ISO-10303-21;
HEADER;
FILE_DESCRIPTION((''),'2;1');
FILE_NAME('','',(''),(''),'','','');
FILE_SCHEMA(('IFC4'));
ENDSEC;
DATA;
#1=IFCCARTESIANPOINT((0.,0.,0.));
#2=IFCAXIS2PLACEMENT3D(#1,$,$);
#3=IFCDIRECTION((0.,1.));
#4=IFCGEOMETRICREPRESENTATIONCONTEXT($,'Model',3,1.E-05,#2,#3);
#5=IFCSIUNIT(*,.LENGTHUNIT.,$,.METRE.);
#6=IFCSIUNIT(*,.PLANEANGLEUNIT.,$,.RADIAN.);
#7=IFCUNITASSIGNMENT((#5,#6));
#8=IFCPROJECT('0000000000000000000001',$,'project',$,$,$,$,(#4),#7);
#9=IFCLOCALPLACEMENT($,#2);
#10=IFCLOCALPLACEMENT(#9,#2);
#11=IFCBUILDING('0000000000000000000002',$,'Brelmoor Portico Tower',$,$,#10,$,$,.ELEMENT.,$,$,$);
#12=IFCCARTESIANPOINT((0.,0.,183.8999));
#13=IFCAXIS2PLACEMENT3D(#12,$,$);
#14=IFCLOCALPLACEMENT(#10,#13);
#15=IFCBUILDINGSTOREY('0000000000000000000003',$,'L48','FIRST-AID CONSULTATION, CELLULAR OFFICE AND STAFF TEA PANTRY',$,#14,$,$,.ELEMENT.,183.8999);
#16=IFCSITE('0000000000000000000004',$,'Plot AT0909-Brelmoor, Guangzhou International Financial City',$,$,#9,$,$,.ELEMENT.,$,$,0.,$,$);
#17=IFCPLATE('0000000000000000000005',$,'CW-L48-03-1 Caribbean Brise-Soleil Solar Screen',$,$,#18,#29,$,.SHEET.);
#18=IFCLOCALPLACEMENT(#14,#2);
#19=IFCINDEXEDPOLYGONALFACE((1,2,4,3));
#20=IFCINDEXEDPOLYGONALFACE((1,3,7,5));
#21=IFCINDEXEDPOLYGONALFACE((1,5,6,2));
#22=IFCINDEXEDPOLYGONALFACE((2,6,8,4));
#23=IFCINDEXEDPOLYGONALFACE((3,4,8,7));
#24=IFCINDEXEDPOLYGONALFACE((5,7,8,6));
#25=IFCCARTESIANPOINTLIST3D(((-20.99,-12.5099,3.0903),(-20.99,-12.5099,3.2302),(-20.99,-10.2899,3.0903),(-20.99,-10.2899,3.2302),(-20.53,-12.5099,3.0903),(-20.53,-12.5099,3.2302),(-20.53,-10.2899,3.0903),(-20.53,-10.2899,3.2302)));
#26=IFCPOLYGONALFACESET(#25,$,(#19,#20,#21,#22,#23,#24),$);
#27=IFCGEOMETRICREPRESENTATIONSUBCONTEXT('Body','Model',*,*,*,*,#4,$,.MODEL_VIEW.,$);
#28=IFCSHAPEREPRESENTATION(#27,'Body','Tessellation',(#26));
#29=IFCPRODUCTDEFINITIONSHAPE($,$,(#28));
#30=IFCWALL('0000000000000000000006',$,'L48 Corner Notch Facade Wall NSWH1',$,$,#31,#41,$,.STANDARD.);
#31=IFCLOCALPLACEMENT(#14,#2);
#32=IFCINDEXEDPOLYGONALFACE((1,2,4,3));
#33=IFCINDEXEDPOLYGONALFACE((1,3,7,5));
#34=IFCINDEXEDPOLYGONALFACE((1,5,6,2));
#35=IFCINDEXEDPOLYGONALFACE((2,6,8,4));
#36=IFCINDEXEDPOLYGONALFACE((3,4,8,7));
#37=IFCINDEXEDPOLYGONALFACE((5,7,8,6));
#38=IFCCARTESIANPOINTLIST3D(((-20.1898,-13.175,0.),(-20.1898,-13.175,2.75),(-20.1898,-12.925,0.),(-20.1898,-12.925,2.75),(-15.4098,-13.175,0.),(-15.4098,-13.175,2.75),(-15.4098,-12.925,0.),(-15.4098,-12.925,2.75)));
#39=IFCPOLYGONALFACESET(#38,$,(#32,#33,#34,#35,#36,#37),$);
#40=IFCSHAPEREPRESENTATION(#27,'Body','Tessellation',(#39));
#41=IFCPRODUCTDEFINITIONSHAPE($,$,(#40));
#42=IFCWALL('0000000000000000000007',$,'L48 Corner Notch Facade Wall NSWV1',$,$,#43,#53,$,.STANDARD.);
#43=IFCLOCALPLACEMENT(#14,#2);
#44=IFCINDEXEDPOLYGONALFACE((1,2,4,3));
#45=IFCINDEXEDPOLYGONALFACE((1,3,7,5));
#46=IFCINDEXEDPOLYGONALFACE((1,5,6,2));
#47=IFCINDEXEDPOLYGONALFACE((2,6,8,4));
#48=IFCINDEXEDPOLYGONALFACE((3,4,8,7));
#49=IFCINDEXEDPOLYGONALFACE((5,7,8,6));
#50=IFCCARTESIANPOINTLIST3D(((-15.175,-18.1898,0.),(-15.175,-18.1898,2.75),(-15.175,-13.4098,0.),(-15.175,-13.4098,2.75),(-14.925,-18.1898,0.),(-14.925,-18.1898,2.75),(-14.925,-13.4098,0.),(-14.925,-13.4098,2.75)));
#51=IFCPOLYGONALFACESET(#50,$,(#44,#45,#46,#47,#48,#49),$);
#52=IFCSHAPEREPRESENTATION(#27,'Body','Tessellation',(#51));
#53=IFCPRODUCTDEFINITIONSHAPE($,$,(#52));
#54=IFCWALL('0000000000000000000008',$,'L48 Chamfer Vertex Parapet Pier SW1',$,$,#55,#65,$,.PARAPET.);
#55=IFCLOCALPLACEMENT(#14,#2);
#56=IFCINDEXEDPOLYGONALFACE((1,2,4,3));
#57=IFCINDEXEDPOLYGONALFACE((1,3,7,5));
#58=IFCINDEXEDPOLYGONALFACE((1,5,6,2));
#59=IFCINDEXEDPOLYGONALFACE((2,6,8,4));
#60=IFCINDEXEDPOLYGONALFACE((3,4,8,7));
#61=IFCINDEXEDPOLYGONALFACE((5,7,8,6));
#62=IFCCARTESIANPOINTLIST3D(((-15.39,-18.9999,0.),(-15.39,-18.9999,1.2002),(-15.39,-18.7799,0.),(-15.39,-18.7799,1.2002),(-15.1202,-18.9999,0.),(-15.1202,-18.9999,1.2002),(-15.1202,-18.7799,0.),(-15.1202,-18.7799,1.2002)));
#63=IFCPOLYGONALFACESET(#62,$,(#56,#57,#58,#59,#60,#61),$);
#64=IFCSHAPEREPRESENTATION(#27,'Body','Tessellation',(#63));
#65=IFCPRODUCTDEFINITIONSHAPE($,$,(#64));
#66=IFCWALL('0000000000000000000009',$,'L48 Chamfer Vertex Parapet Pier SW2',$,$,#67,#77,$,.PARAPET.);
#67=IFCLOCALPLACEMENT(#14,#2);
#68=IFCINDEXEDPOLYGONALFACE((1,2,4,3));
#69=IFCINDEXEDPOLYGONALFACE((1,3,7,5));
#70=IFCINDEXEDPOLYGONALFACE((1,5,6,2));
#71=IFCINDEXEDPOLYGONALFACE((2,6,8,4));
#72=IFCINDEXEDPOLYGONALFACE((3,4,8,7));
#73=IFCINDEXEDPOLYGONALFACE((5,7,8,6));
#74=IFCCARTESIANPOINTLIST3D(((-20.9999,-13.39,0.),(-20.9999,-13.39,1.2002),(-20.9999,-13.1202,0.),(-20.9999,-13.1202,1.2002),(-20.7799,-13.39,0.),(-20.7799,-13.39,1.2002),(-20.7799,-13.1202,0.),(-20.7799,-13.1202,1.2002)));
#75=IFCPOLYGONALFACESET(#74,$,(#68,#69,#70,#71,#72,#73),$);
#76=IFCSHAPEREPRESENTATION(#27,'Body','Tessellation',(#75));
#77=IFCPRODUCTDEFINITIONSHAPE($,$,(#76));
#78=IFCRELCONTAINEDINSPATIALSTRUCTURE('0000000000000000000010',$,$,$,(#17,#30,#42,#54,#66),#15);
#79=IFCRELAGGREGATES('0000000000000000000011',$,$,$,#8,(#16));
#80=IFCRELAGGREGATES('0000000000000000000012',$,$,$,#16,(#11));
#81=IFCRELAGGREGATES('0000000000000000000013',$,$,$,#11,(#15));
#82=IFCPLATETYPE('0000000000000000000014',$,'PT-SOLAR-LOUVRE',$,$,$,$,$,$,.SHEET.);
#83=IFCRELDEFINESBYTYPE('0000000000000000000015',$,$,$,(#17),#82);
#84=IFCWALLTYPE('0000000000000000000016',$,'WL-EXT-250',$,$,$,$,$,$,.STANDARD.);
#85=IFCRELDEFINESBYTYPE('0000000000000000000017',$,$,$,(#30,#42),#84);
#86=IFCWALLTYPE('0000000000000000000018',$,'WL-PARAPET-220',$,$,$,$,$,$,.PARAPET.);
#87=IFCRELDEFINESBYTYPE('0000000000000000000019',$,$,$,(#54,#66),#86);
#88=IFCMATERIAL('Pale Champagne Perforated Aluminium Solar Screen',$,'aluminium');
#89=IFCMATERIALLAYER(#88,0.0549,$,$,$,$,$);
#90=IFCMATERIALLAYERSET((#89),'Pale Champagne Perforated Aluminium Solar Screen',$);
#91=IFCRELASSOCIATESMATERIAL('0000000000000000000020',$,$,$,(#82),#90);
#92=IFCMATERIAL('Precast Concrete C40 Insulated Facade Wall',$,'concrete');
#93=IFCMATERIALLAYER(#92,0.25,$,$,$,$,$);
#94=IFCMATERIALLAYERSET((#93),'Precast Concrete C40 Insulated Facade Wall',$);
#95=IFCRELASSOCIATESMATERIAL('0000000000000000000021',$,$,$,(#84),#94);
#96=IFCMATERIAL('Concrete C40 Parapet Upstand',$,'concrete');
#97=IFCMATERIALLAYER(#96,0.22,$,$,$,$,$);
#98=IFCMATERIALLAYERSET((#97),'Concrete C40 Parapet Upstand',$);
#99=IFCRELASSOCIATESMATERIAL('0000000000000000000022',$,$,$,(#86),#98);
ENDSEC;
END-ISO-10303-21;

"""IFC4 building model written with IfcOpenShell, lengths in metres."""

from ifc_helpers import new_model, si_unit, direction, frame, frame_2d, origin, origin_2d, place, context, subcontext, project, spatial, rectangle, extrude, material, layer, layer_set, type_object, element, save


model = new_model("IFC4")

# Units and contexts
model_context = context("Model", 3, precision=1e-05, world=origin(), true_north=direction((0.0, 1.0)))
body_context = subcontext(model_context, "Body", "Model", "MODEL_VIEW")
ifc_project = project(units=[si_unit("LENGTHUNIT", "METRE"), si_unit("PLANEANGLEUNIT", "RADIAN")], contexts=[model_context])

# Site, building, storey
site_placement = place(None, origin())
site = spatial("IfcSite", under=ifc_project, at=site_placement, Name="Plot AT0909-Brelmoor, Guangzhou International Financial City", CompositionType="ELEMENT", RefElevation=0.0)
building_placement = place(site_placement, origin())
building = spatial("IfcBuilding", under=site, at=building_placement, Name="Brelmoor Portico Tower", CompositionType="ELEMENT")
storey_placement = place(building_placement, frame((0.0, 0.0, 183.8999)))
storey = spatial("IfcBuildingStorey", under=building, at=storey_placement, Name="L48", Description="FIRST-AID CONSULTATION, CELLULAR OFFICE AND STAFF TEA PANTRY", CompositionType="ELEMENT", Elevation=183.8999)

# Plate
ifc_material_1 = material(Name="Pale Champagne Perforated Aluminium Solar Screen", Category="aluminium")
ifc_layer_1 = layer(ifc_material_1, 0.0549)
ifc_layer_set_1 = layer_set([ifc_layer_1], Name="Pale Champagne Perforated Aluminium Solar Screen")
plate_type_1 = type_object("IfcPlateType", Name="PT-SOLAR-LOUVRE", PredefinedType="SHEET", material=ifc_layer_set_1)
plate_1_placement = place(storey_placement, frame((-20.76, -11.3999, 3.0903), z_axis=(0.0, 0.0, 1.0), x_axis=(0.0, 1.0, 0.0)))
element("IfcPlate", 1, at=plate_1_placement, inside=storey, type_object=plate_type_1, Name="CW-L48-03-1 Caribbean Brise-Soleil Solar Screen", PredefinedType="SHEET", context=body_context, shape_type="SweptSolid", body=[
    extrude(rectangle(XDim=2.22, YDim=0.46, at=origin_2d()), origin(), (0.0, 0.0, 1.0), 0.1399),
])

# Walls
ifc_material_2 = material(Name="Precast Concrete C40 Insulated Facade Wall", Category="concrete")
ifc_layer_2 = layer(ifc_material_2, 0.25)
ifc_layer_set_2 = layer_set([ifc_layer_2], Name="Precast Concrete C40 Insulated Facade Wall")
wall_type_1 = type_object("IfcWallType", Name="WL-EXT-250", PredefinedType="STANDARD", material=ifc_layer_set_2)
for number, where, z_axis, x_axis, name in (
    (2, (-20.1899, -13.05, 0.0), (0.0, 0.0, 1.0), (1.0, 0.0, 0.0), "L48 Corner Notch Facade Wall NSWH1"),
    (3, (-15.05, -18.1899, 0.0), (0.0, 0.0, 1.0), (0.0, 1.0, 0.0), "L48 Corner Notch Facade Wall NSWV1"),
):
    element("IfcWall", number, at=place(storey_placement, frame(where, z_axis=z_axis, x_axis=x_axis)), inside=storey, type_object=wall_type_1, Name=name, PredefinedType="STANDARD", context=body_context, shape_type="SweptSolid", body=[
        extrude(rectangle(XDim=4.78, YDim=0.25, at=frame_2d((2.3901, 0.0))), origin(), (0.0, 0.0, 1.0), 2.75),
    ])
ifc_material_3 = material(Name="Concrete C40 Parapet Upstand", Category="concrete")
ifc_layer_3 = layer(ifc_material_3, 0.22)
ifc_layer_set_3 = layer_set([ifc_layer_3], Name="Concrete C40 Parapet Upstand")
wall_type_2 = type_object("IfcWallType", Name="WL-PARAPET-220", PredefinedType="PARAPET", material=ifc_layer_set_3)
for number, where, z_axis, x_axis, name in (
    (4, (-15.3899, -18.8899, 0.0), (0.0, 0.0, 1.0), (1.0, 0.0, 0.0), "L48 Chamfer Vertex Parapet Pier SW1"),
    (5, (-20.8899, -13.3899, 0.0), (0.0, 0.0, 1.0), (0.0, 1.0, 0.0), "L48 Chamfer Vertex Parapet Pier SW2"),
):
    element("IfcWall", number, at=place(storey_placement, frame(where, z_axis=z_axis, x_axis=x_axis)), inside=storey, type_object=wall_type_2, Name=name, PredefinedType="PARAPET", context=body_context, shape_type="SweptSolid", body=[
        extrude(rectangle(XDim=0.2698, YDim=0.22, at=frame_2d((0.1348, 0.0))), origin(), (0.0, 0.0, 1.0), 1.2002),
    ])

save(model, "model.ifc")
